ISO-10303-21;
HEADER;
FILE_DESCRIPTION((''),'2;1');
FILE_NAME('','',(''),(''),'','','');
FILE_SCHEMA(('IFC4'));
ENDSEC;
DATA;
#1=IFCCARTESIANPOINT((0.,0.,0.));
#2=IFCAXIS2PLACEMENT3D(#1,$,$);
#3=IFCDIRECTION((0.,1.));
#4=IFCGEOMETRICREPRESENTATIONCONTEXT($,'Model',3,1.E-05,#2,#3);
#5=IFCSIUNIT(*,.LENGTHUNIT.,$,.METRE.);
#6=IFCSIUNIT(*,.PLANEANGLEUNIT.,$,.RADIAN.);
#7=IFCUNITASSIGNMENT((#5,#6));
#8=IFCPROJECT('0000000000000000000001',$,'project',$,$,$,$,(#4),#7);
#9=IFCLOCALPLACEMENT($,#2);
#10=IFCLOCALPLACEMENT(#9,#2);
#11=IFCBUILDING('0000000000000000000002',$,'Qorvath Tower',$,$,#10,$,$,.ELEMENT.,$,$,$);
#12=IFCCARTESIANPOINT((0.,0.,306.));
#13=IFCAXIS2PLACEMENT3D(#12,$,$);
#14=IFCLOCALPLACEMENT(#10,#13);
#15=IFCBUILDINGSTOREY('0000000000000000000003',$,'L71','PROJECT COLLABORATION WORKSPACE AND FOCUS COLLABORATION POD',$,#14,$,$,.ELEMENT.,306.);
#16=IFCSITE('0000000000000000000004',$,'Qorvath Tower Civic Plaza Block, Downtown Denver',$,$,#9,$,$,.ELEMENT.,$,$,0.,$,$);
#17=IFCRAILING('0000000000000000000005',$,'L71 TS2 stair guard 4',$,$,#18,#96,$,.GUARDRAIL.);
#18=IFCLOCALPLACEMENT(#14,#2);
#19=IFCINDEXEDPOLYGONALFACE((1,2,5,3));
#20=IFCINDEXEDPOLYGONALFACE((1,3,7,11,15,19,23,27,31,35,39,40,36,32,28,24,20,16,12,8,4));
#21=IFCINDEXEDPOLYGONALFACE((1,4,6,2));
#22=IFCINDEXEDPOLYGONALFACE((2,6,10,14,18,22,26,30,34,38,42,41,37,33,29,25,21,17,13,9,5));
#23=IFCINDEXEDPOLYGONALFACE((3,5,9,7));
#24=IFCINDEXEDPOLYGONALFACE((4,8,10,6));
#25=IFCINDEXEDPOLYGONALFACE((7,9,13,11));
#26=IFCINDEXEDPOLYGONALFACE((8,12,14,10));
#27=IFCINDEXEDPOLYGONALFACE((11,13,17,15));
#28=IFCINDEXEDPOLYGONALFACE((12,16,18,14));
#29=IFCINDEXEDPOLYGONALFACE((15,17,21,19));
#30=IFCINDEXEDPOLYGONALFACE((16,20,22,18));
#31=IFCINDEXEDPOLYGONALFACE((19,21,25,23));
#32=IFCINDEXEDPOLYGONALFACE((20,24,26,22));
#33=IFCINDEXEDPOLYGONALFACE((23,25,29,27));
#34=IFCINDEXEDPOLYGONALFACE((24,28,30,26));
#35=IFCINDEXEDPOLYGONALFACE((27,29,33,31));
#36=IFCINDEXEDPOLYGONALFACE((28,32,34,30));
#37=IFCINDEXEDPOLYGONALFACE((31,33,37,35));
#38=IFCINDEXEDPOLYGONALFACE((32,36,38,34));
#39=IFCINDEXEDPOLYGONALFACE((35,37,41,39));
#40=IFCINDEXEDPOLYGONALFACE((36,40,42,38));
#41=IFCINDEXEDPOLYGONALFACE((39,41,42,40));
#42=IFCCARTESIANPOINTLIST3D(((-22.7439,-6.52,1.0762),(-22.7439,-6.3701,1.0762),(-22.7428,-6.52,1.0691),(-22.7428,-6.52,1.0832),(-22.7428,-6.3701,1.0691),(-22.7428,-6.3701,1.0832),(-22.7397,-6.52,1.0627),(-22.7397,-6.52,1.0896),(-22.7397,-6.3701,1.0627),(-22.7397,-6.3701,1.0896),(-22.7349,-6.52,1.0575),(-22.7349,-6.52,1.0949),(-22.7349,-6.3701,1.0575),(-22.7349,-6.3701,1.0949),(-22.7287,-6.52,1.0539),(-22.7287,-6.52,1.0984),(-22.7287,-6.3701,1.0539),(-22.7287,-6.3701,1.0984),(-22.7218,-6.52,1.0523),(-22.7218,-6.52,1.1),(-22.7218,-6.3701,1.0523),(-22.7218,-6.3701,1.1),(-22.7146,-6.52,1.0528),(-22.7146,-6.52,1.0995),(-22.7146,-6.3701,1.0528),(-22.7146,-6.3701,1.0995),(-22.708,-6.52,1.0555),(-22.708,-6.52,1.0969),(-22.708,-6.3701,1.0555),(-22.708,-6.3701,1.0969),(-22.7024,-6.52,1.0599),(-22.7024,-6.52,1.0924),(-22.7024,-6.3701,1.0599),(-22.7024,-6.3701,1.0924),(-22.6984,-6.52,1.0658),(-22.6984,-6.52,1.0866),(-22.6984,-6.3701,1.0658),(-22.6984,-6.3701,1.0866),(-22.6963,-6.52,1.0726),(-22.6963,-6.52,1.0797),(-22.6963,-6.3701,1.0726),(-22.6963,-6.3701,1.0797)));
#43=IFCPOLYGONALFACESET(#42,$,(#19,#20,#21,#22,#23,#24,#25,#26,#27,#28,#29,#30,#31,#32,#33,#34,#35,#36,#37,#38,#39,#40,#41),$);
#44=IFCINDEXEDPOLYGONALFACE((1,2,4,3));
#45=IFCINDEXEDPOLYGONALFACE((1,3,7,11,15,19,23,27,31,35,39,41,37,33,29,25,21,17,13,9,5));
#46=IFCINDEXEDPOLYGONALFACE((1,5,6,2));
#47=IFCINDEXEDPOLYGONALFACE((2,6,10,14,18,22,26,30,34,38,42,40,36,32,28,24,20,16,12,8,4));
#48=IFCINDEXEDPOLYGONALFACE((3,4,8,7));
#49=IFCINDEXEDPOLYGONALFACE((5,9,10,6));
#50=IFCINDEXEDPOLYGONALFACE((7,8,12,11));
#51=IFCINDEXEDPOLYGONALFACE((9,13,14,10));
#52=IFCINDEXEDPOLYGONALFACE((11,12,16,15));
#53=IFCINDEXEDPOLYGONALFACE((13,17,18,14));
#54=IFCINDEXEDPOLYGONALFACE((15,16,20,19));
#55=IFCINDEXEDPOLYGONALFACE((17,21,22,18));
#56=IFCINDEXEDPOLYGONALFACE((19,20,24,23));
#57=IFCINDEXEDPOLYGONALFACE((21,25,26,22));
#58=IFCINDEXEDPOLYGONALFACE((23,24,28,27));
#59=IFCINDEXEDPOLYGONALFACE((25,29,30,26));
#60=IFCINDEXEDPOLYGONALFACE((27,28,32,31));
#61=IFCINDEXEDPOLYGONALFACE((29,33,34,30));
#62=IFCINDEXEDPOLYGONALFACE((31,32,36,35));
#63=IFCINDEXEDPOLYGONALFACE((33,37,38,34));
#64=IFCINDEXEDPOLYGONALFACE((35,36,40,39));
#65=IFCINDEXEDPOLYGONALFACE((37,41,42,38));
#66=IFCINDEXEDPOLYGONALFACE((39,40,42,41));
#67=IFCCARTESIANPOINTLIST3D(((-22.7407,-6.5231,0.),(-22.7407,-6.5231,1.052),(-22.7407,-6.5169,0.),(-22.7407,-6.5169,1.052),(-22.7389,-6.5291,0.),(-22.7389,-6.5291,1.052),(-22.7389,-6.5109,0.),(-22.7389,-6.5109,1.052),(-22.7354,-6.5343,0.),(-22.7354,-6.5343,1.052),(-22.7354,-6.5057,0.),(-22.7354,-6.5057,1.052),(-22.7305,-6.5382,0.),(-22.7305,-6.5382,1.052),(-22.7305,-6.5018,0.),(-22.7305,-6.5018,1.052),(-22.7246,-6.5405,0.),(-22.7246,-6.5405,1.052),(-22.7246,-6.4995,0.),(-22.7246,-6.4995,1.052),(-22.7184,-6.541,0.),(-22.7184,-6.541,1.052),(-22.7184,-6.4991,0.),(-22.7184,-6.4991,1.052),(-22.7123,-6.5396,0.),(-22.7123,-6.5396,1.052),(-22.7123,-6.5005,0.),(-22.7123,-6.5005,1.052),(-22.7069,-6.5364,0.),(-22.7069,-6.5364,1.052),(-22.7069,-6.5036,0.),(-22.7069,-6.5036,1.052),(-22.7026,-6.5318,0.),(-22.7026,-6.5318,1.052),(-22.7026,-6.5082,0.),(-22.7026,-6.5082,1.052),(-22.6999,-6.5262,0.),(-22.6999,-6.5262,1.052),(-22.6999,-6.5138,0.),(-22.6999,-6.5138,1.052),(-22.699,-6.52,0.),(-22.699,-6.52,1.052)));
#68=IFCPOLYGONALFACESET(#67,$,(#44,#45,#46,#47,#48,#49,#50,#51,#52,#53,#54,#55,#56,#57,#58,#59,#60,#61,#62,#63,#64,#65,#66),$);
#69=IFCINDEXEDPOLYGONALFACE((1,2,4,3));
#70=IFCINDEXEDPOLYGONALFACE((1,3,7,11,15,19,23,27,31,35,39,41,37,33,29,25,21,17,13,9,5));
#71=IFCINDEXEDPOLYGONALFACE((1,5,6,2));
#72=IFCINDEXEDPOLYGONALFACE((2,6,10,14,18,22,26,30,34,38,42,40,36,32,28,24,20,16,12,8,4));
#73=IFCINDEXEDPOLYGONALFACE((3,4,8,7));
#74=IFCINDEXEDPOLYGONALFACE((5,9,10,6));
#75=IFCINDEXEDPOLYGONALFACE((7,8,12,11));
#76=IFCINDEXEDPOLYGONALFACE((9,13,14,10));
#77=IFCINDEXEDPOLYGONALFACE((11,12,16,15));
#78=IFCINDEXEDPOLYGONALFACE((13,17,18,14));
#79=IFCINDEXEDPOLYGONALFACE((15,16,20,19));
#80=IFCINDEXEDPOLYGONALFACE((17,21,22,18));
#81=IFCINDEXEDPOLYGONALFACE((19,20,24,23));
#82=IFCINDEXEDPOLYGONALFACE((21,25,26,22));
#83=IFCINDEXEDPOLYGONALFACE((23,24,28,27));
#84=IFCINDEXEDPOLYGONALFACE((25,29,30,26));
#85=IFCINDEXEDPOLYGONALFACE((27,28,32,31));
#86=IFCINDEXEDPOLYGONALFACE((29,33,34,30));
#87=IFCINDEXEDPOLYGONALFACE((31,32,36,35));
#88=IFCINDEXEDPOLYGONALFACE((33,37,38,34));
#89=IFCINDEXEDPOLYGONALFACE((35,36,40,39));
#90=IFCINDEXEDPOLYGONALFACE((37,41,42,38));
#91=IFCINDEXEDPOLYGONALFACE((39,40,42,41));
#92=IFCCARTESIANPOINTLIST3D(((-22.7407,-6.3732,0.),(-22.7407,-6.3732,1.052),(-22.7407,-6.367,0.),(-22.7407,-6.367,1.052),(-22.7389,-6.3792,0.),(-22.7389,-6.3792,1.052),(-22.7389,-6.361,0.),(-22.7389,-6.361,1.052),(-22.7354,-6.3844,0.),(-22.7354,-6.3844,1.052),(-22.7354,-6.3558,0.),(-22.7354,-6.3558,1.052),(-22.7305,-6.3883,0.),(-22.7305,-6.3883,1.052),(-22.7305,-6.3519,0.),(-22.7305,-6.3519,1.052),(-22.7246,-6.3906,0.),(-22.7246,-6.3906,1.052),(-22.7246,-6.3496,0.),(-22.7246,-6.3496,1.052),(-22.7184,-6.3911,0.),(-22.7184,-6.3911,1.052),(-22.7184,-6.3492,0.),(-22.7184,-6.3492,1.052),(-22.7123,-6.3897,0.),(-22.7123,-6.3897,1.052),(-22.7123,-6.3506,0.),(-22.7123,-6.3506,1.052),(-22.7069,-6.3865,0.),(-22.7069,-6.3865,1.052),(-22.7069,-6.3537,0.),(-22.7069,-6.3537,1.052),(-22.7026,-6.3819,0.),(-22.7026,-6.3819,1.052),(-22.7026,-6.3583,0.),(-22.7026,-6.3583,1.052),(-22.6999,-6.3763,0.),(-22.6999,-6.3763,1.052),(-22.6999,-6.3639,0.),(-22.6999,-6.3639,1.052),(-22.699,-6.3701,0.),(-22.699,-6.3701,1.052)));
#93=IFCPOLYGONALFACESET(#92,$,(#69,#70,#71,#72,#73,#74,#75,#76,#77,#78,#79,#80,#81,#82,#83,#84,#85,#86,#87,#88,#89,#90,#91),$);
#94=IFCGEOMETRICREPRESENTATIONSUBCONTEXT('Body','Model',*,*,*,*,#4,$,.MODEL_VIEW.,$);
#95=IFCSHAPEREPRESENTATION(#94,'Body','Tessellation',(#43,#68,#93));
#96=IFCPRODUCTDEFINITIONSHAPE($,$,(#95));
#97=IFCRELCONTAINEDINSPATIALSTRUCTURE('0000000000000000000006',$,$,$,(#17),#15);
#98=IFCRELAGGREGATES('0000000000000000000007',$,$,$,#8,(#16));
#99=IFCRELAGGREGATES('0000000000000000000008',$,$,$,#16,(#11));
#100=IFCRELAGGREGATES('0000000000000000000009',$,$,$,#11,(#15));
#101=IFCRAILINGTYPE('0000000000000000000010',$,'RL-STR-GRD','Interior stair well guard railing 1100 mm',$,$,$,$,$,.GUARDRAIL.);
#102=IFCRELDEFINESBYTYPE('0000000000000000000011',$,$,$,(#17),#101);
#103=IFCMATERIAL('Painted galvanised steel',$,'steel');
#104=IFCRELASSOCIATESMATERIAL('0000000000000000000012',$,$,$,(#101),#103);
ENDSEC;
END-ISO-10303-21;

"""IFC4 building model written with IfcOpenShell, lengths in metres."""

from ifc_helpers import new_model, si_unit, direction, frame, origin, origin_2d, place, context, subcontext, project, spatial, circle, extrude, material, type_object, element, save


model = new_model("IFC4")

# Units and contexts
model_context = context("Model", 3, precision=1e-05, world=origin(), true_north=direction((0.0, 1.0)))
body_context = subcontext(model_context, "Body", "Model", "MODEL_VIEW")
ifc_project = project(units=[si_unit("LENGTHUNIT", "METRE"), si_unit("PLANEANGLEUNIT", "RADIAN")], contexts=[model_context])

# Site, building, storey
site_placement = place(None, origin())
site = spatial("IfcSite", under=ifc_project, at=site_placement, Name="Qorvath Tower Civic Plaza Block, Downtown Denver", CompositionType="ELEMENT", RefElevation=0.0)
building_placement = place(site_placement, origin())
building = spatial("IfcBuilding", under=site, at=building_placement, Name="Qorvath Tower", CompositionType="ELEMENT")
storey_placement = place(building_placement, frame((0.0, 0.0, 306.0)))
storey = spatial("IfcBuildingStorey", under=building, at=storey_placement, Name="L71", Description="PROJECT COLLABORATION WORKSPACE AND FOCUS COLLABORATION POD", CompositionType="ELEMENT", Elevation=306.0)

# Railing
ifc_material_1 = material(Name="Painted galvanised steel", Category="steel")
railing_type_1 = type_object("IfcRailingType", Name="RL-STR-GRD", Description="Interior stair well guard railing 1100 mm", PredefinedType="GUARDRAIL", material=ifc_material_1)
railing_1_placement = place(storey_placement, frame((-22.72, -6.52, 0.0)))
element("IfcRailing", 1, at=railing_1_placement, inside=storey, type_object=railing_type_1, Name="L71 TS2 stair guard 4", PredefinedType="GUARDRAIL", context=body_context, shape_type="SweptSolid", body=[
    extrude(circle(Radius=0.0239, at=origin_2d()), frame((0.0, 0.0, 1.0762), z_axis=(0.0, 1.0, 0.0), x_axis=(-1.0, 0.0, 0.0)), (0.0, 0.0, 1.0), 0.1499),
    extrude(circle(Radius=0.021, at=origin_2d()), origin(), (0.0, 0.0, 1.0), 1.052),
    extrude(circle(Radius=0.021, at=origin_2d()), frame((0.0, 0.1499, 0.0)), (0.0, 0.0, 1.0), 1.052),
])

save(model, "model.ifc")
